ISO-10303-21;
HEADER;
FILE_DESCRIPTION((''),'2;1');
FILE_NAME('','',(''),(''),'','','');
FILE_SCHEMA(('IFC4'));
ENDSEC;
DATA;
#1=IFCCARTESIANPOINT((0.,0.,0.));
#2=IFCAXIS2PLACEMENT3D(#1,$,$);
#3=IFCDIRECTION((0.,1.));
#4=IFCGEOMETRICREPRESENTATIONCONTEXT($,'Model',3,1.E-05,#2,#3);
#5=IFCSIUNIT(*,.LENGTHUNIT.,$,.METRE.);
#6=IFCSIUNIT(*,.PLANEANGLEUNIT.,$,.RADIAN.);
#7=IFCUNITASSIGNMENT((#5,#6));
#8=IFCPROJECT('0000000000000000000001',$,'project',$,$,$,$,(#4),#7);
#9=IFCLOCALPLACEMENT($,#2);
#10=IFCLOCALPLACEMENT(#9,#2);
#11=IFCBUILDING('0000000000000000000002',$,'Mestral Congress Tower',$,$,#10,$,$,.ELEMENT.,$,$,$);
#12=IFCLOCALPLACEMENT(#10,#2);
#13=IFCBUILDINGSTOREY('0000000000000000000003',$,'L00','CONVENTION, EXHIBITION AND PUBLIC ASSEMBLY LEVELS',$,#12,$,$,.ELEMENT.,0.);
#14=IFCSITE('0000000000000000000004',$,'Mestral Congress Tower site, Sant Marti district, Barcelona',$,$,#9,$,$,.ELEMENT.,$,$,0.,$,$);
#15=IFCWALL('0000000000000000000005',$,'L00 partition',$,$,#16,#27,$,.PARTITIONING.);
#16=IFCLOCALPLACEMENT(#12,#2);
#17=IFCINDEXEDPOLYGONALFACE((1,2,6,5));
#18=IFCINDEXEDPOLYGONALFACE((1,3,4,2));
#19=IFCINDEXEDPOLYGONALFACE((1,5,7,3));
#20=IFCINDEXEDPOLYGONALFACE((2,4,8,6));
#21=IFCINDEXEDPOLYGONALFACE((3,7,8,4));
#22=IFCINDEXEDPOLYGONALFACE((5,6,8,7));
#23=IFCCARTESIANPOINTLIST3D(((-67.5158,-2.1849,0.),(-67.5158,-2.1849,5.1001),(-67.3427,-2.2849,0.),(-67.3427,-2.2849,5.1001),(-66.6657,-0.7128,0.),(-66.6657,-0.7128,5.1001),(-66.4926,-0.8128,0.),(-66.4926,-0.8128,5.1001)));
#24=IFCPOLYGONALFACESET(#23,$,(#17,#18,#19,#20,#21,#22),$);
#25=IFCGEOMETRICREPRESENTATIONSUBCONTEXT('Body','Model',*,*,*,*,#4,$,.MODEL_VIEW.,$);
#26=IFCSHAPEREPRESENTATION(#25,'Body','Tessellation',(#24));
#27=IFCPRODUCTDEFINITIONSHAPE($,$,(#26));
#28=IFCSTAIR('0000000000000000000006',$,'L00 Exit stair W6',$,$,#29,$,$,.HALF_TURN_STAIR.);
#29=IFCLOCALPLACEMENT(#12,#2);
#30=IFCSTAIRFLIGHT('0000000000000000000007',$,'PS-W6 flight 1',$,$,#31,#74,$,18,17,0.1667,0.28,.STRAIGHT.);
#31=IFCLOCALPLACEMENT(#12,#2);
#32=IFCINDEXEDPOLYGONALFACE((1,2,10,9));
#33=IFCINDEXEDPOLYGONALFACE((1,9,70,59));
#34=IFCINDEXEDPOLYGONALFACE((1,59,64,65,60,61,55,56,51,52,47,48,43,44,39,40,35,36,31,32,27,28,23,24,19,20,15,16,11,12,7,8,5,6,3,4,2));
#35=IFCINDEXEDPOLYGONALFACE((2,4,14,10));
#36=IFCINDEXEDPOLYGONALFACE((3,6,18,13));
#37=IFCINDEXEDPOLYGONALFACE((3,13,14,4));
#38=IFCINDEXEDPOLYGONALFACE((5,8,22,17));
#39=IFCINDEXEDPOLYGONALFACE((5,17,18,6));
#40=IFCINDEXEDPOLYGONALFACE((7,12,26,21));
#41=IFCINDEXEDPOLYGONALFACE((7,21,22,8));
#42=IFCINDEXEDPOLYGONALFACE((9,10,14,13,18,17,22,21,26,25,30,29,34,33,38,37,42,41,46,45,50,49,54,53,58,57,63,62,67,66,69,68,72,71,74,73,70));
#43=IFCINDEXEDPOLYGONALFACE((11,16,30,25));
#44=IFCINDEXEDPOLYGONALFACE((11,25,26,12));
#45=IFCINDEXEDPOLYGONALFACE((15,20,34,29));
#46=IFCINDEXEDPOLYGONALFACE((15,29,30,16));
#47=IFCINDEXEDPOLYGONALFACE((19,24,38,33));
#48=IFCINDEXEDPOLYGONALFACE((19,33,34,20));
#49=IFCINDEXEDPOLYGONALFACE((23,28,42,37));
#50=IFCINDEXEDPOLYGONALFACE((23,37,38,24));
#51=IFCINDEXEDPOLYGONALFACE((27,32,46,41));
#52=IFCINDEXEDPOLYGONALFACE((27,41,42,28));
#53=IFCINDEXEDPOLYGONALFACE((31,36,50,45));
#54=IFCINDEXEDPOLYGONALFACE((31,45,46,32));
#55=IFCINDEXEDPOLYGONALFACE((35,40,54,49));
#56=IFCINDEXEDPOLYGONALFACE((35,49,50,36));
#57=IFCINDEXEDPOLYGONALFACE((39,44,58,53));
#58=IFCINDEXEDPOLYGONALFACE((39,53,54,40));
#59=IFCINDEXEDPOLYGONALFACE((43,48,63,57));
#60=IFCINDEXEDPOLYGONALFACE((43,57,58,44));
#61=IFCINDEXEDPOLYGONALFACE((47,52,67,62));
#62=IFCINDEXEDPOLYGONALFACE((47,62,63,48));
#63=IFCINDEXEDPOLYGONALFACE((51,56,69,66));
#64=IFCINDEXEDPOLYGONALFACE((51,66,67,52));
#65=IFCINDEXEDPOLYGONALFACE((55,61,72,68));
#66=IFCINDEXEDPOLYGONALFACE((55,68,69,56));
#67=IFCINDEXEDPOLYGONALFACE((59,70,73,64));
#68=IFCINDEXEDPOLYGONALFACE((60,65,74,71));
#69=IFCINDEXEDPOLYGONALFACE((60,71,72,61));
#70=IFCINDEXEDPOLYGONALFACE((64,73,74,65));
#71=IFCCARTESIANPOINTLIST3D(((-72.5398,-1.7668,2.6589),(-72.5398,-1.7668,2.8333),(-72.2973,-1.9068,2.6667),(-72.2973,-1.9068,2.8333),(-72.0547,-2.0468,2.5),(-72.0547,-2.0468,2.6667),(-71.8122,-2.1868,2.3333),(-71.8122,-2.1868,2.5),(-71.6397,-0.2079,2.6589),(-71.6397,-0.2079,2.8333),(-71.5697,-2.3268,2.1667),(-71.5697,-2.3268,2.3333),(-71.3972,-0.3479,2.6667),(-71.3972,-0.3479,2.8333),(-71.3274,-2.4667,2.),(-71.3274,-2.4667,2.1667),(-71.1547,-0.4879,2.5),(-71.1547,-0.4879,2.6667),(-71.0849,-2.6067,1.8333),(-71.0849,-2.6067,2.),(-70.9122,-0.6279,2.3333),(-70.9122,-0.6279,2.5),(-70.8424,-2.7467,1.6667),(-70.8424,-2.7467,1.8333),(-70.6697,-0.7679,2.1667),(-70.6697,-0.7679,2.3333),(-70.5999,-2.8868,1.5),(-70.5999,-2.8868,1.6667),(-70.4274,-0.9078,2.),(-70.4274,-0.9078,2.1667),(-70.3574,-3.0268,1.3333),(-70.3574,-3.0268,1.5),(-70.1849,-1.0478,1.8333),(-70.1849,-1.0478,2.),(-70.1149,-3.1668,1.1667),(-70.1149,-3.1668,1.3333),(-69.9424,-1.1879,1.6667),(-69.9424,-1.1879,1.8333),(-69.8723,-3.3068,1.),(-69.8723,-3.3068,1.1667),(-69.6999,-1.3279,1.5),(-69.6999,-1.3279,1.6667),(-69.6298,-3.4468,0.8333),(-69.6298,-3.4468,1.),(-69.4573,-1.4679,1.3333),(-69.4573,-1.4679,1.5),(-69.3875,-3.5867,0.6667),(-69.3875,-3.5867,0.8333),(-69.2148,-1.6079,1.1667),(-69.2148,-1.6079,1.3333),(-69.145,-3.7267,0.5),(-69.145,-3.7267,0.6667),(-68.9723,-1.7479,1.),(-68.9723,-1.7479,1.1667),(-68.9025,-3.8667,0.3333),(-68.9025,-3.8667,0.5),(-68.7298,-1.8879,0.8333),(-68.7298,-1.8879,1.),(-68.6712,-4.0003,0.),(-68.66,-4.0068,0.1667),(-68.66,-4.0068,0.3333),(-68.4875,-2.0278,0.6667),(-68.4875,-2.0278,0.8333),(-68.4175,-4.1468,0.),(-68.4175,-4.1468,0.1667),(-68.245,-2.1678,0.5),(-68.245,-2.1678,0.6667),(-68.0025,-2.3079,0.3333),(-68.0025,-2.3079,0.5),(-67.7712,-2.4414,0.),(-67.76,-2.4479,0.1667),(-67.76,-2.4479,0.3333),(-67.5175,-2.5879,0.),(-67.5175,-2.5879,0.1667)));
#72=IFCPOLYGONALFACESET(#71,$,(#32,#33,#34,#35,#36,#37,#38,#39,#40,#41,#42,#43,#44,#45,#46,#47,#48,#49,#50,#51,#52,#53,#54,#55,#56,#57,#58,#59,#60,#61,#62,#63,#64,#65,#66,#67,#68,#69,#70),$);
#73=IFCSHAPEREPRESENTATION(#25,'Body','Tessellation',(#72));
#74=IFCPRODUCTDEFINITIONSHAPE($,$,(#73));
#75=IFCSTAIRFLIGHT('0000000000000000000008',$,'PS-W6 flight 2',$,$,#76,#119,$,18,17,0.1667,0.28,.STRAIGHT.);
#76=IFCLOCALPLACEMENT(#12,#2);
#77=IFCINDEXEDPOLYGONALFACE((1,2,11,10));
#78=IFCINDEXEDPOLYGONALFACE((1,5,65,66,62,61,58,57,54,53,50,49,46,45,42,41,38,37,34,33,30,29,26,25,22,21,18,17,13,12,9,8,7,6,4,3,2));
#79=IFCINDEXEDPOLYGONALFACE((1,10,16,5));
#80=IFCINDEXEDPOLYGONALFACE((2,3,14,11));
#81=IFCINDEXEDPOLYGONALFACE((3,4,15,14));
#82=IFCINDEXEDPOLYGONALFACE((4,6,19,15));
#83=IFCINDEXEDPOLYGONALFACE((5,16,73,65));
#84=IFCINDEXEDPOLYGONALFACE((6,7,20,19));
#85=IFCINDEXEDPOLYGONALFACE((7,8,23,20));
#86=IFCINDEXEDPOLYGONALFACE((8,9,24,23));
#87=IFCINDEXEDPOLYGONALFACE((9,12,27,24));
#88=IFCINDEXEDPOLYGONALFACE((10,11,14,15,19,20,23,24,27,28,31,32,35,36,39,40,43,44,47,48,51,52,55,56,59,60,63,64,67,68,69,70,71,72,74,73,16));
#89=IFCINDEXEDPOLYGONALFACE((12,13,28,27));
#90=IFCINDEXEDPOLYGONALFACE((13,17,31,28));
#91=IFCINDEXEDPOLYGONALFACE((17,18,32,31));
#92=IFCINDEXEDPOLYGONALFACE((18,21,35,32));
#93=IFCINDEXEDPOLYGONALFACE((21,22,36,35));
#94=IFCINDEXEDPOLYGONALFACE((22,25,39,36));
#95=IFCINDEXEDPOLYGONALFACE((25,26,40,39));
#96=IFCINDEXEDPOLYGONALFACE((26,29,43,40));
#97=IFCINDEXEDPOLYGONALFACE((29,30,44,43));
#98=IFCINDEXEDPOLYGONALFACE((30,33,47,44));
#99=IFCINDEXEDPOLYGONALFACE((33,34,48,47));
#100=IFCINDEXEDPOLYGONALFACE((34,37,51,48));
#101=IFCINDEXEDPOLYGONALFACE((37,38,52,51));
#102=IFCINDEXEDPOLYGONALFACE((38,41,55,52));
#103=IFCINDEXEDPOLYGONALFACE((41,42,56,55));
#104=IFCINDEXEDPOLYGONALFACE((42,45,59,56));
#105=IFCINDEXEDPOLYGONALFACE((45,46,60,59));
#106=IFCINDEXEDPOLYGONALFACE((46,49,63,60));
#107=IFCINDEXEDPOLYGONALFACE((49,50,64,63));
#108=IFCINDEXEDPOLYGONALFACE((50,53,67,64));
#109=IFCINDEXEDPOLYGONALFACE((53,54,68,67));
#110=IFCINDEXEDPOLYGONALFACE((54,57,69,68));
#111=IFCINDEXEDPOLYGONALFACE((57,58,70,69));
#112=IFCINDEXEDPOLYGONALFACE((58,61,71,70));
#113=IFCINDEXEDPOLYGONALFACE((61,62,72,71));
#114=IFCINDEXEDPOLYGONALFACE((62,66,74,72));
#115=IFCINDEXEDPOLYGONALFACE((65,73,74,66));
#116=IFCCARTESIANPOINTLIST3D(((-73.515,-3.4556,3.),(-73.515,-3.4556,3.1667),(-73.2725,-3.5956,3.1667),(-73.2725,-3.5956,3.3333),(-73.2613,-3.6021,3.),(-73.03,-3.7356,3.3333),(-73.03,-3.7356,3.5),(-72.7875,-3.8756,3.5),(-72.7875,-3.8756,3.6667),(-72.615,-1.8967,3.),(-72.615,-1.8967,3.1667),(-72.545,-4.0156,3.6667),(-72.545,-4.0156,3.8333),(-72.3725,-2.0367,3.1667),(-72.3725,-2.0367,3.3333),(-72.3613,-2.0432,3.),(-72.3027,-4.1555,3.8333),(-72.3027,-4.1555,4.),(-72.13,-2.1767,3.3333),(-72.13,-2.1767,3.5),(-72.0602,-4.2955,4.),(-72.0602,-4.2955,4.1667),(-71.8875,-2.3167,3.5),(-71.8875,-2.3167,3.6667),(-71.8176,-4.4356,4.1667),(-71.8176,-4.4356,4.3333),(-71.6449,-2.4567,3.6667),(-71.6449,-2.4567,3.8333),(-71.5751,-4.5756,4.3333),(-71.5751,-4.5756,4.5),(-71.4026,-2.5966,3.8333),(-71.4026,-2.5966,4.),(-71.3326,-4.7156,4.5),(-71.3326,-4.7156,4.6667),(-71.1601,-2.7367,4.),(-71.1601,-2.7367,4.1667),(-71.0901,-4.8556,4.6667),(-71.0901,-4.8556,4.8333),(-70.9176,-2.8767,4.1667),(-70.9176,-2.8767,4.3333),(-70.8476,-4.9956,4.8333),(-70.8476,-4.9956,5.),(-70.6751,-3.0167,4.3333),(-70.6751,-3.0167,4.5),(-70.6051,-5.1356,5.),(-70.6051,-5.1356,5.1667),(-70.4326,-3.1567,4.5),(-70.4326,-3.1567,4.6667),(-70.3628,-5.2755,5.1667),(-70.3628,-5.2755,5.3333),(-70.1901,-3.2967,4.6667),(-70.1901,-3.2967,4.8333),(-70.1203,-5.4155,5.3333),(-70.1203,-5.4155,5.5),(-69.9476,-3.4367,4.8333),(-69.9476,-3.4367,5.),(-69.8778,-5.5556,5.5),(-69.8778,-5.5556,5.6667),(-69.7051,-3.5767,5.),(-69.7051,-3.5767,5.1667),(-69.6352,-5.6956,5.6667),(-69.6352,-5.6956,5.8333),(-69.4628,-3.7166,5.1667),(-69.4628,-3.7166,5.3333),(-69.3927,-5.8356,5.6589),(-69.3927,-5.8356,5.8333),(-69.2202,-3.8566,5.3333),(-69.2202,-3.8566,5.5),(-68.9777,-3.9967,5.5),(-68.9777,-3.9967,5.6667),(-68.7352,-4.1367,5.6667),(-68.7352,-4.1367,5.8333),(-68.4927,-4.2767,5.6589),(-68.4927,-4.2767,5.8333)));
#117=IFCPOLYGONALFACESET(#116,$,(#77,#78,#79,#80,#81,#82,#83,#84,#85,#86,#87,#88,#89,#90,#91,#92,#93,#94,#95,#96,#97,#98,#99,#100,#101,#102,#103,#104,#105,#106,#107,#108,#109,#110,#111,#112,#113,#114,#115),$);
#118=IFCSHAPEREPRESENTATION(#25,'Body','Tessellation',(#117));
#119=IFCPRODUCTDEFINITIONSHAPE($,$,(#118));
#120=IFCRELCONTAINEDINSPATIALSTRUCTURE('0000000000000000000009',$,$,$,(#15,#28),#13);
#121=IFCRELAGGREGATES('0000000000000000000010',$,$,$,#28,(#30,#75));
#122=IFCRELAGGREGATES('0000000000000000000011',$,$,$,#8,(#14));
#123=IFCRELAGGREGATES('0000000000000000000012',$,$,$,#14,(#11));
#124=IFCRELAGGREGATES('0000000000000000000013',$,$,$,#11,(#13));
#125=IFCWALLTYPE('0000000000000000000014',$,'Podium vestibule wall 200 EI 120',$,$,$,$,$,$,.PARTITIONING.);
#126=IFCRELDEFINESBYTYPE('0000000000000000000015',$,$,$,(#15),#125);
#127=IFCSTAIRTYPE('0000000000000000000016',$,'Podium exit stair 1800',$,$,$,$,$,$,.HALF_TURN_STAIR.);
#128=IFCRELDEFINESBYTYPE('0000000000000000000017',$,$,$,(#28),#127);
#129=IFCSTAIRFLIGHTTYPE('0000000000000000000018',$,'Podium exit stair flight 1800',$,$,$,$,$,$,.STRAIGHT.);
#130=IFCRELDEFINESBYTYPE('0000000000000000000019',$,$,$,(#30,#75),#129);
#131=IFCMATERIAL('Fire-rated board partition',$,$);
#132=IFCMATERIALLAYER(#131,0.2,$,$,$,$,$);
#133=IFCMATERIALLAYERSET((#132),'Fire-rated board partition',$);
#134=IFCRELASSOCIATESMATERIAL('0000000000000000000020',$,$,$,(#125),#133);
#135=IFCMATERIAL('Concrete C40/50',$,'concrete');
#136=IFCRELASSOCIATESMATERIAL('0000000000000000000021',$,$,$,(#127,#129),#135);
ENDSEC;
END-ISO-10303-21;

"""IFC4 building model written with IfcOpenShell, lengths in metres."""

from ifc_helpers import new_model, si_unit, direction, frame, frame_2d, origin, place, context, subcontext, project, spatial, polyline, rectangle, outline, extrude, material, layer, layer_set, type_object, element, aggregate, save


model = new_model("IFC4")

# Units and contexts
model_context = context("Model", 3, precision=1e-05, world=origin(), true_north=direction((0.0, 1.0)))
body_context = subcontext(model_context, "Body", "Model", "MODEL_VIEW")
ifc_project = project(units=[si_unit("LENGTHUNIT", "METRE"), si_unit("PLANEANGLEUNIT", "RADIAN")], contexts=[model_context])

# Site, building, storey
site_placement = place(None, origin())
site = spatial("IfcSite", under=ifc_project, at=site_placement, Name="Mestral Congress Tower site, Sant Marti district, Barcelona", CompositionType="ELEMENT", RefElevation=0.0)
building_placement = place(site_placement, origin())
building = spatial("IfcBuilding", under=site, at=building_placement, Name="Mestral Congress Tower", CompositionType="ELEMENT")
storey_placement = place(building_placement, origin())
storey = spatial("IfcBuildingStorey", under=building, at=storey_placement, Name="L00", Description="CONVENTION, EXHIBITION AND PUBLIC ASSEMBLY LEVELS", CompositionType="ELEMENT", Elevation=0.0)

# Wall
ifc_material_1 = material(Name="Fire-rated board partition")
ifc_layer_1 = layer(ifc_material_1, 0.2)
ifc_layer_set_1 = layer_set([ifc_layer_1], Name="Fire-rated board partition")
wall_type_1 = type_object("IfcWallType", Name="Podium vestibule wall 200 EI 120", PredefinedType="PARTITIONING", material=ifc_layer_set_1)
wall_1_placement = place(storey_placement, frame((-66.5791, -0.7627, 0.0), z_axis=(0.0, 0.0, 1.0), x_axis=(-0.500062, -0.865989, 0.0)))
element("IfcWall", 1, at=wall_1_placement, inside=storey, type_object=wall_type_1, Name="L00 partition", PredefinedType="PARTITIONING", context=body_context, shape_type="SweptSolid", body=[
    extrude(rectangle(XDim=1.7, YDim=0.2, at=frame_2d((0.8501, 0.0))), origin(), (0.0, 0.0, 1.0), 5.1001),
])

# Stair, stair flights
ifc_material_2 = material(Name="Concrete C40/50", Category="concrete")
stair_type = type_object("IfcStairType", Name="Podium exit stair 1800", PredefinedType="HALF_TURN_STAIR", material=ifc_material_2)
stair_placement = place(storey_placement, origin())
stair = element("IfcStair", 2, at=stair_placement, inside=storey, type_object=stair_type, Name="L00 Exit stair W6", PredefinedType="HALF_TURN_STAIR")
stair_flight_type = type_object("IfcStairFlightType", Name="Podium exit stair flight 1800", PredefinedType="STRAIGHT", material=ifc_material_2)
stair_flight_1_placement = place(storey_placement, frame((-67.9675, -3.3674, 0.0), z_axis=(0.0, 0.0, 1.0), x_axis=(-0.866025, 0.5, 0.0)))
stair_flight_1 = element("IfcStairFlight", 3, at=stair_flight_1_placement, type_object=stair_flight_type, Name="PS-W6 flight 1", NumberOfRisers=18, NumberOfTreads=17, PredefinedType="STRAIGHT", RiserHeight=0.1667, TreadLength=0.28, context=body_context, shape_type="SweptSolid", body=[
    extrude(outline(polyline([(0.0, 0.0), (0.0, 0.1667), (0.28, 0.1667), (0.28, 0.3333), (0.5601, 0.3333), (0.5601, 0.5), (0.8401, 0.5), (0.8401, 0.6667), (1.1201, 0.6667), (1.1201, 0.8333), (1.3999, 0.8333), (1.3999, 1.0), (1.6799, 1.0), (1.6799, 1.1667), (1.96, 1.1667), (1.96, 1.3333), (2.24, 1.3333), (2.24, 1.5), (2.52, 1.5), (2.52, 1.6667), (2.8, 1.6667), (2.8, 1.8333), (3.0801, 1.8333), (3.0801, 2.0), (3.3601, 2.0), (3.3601, 2.1667), (3.6399, 2.1667), (3.6399, 2.3333), (3.9199, 2.3333), (3.9199, 2.5), (4.2, 2.5), (4.2, 2.6667), (4.48, 2.6667), (4.48, 2.8333), (4.76, 2.8333), (4.76, 3.0), (4.76, 2.6589), (0.293, 0.0), (0.0, 0.0)])), frame((0.0, 0.8999, 0.0), z_axis=(0.0, -1.0, 0.0), x_axis=(1.0, 0.0, 0.0)), (0.0, 0.0, 1.0), 1.8),
])
stair_flight_2_placement = place(storey_placement, frame((-73.0649, -2.676, 3.0), z_axis=(0.0, 0.0, 1.0), x_axis=(0.866025, -0.5, 0.0)))
stair_flight_2 = element("IfcStairFlight", 4, at=stair_flight_2_placement, type_object=stair_flight_type, Name="PS-W6 flight 2", NumberOfRisers=18, NumberOfTreads=17, PredefinedType="STRAIGHT", RiserHeight=0.1667, TreadLength=0.28, context=body_context, shape_type="SweptSolid", body=[
    extrude(outline(polyline([(0.0, 0.0), (0.0, 0.1667), (0.28, 0.1667), (0.28, 0.3333), (0.5601, 0.3333), (0.5601, 0.5), (0.8401, 0.5), (0.8401, 0.6667), (1.1201, 0.6667), (1.1201, 0.8333), (1.3999, 0.8333), (1.3999, 1.0), (1.6799, 1.0), (1.6799, 1.1667), (1.96, 1.1667), (1.96, 1.3333), (2.24, 1.3333), (2.24, 1.5), (2.52, 1.5), (2.52, 1.6667), (2.8, 1.6667), (2.8, 1.8333), (3.0801, 1.8333), (3.0801, 2.0), (3.3601, 2.0), (3.3601, 2.1667), (3.6399, 2.1667), (3.6399, 2.3333), (3.9199, 2.3333), (3.9199, 2.5), (4.2, 2.5), (4.2, 2.6667), (4.48, 2.6667), (4.48, 2.8333), (4.76, 2.8333), (4.76, 3.0), (4.76, 2.6589), (0.293, 0.0), (0.0, 0.0)])), frame((0.0, 0.8999, 0.0), z_axis=(0.0, -1.0, 0.0), x_axis=(1.0, 0.0, 0.0)), (0.0, 0.0, 1.0), 1.8),
])
aggregate(stair, [stair_flight_1, stair_flight_2])

save(model, "model.ifc")
